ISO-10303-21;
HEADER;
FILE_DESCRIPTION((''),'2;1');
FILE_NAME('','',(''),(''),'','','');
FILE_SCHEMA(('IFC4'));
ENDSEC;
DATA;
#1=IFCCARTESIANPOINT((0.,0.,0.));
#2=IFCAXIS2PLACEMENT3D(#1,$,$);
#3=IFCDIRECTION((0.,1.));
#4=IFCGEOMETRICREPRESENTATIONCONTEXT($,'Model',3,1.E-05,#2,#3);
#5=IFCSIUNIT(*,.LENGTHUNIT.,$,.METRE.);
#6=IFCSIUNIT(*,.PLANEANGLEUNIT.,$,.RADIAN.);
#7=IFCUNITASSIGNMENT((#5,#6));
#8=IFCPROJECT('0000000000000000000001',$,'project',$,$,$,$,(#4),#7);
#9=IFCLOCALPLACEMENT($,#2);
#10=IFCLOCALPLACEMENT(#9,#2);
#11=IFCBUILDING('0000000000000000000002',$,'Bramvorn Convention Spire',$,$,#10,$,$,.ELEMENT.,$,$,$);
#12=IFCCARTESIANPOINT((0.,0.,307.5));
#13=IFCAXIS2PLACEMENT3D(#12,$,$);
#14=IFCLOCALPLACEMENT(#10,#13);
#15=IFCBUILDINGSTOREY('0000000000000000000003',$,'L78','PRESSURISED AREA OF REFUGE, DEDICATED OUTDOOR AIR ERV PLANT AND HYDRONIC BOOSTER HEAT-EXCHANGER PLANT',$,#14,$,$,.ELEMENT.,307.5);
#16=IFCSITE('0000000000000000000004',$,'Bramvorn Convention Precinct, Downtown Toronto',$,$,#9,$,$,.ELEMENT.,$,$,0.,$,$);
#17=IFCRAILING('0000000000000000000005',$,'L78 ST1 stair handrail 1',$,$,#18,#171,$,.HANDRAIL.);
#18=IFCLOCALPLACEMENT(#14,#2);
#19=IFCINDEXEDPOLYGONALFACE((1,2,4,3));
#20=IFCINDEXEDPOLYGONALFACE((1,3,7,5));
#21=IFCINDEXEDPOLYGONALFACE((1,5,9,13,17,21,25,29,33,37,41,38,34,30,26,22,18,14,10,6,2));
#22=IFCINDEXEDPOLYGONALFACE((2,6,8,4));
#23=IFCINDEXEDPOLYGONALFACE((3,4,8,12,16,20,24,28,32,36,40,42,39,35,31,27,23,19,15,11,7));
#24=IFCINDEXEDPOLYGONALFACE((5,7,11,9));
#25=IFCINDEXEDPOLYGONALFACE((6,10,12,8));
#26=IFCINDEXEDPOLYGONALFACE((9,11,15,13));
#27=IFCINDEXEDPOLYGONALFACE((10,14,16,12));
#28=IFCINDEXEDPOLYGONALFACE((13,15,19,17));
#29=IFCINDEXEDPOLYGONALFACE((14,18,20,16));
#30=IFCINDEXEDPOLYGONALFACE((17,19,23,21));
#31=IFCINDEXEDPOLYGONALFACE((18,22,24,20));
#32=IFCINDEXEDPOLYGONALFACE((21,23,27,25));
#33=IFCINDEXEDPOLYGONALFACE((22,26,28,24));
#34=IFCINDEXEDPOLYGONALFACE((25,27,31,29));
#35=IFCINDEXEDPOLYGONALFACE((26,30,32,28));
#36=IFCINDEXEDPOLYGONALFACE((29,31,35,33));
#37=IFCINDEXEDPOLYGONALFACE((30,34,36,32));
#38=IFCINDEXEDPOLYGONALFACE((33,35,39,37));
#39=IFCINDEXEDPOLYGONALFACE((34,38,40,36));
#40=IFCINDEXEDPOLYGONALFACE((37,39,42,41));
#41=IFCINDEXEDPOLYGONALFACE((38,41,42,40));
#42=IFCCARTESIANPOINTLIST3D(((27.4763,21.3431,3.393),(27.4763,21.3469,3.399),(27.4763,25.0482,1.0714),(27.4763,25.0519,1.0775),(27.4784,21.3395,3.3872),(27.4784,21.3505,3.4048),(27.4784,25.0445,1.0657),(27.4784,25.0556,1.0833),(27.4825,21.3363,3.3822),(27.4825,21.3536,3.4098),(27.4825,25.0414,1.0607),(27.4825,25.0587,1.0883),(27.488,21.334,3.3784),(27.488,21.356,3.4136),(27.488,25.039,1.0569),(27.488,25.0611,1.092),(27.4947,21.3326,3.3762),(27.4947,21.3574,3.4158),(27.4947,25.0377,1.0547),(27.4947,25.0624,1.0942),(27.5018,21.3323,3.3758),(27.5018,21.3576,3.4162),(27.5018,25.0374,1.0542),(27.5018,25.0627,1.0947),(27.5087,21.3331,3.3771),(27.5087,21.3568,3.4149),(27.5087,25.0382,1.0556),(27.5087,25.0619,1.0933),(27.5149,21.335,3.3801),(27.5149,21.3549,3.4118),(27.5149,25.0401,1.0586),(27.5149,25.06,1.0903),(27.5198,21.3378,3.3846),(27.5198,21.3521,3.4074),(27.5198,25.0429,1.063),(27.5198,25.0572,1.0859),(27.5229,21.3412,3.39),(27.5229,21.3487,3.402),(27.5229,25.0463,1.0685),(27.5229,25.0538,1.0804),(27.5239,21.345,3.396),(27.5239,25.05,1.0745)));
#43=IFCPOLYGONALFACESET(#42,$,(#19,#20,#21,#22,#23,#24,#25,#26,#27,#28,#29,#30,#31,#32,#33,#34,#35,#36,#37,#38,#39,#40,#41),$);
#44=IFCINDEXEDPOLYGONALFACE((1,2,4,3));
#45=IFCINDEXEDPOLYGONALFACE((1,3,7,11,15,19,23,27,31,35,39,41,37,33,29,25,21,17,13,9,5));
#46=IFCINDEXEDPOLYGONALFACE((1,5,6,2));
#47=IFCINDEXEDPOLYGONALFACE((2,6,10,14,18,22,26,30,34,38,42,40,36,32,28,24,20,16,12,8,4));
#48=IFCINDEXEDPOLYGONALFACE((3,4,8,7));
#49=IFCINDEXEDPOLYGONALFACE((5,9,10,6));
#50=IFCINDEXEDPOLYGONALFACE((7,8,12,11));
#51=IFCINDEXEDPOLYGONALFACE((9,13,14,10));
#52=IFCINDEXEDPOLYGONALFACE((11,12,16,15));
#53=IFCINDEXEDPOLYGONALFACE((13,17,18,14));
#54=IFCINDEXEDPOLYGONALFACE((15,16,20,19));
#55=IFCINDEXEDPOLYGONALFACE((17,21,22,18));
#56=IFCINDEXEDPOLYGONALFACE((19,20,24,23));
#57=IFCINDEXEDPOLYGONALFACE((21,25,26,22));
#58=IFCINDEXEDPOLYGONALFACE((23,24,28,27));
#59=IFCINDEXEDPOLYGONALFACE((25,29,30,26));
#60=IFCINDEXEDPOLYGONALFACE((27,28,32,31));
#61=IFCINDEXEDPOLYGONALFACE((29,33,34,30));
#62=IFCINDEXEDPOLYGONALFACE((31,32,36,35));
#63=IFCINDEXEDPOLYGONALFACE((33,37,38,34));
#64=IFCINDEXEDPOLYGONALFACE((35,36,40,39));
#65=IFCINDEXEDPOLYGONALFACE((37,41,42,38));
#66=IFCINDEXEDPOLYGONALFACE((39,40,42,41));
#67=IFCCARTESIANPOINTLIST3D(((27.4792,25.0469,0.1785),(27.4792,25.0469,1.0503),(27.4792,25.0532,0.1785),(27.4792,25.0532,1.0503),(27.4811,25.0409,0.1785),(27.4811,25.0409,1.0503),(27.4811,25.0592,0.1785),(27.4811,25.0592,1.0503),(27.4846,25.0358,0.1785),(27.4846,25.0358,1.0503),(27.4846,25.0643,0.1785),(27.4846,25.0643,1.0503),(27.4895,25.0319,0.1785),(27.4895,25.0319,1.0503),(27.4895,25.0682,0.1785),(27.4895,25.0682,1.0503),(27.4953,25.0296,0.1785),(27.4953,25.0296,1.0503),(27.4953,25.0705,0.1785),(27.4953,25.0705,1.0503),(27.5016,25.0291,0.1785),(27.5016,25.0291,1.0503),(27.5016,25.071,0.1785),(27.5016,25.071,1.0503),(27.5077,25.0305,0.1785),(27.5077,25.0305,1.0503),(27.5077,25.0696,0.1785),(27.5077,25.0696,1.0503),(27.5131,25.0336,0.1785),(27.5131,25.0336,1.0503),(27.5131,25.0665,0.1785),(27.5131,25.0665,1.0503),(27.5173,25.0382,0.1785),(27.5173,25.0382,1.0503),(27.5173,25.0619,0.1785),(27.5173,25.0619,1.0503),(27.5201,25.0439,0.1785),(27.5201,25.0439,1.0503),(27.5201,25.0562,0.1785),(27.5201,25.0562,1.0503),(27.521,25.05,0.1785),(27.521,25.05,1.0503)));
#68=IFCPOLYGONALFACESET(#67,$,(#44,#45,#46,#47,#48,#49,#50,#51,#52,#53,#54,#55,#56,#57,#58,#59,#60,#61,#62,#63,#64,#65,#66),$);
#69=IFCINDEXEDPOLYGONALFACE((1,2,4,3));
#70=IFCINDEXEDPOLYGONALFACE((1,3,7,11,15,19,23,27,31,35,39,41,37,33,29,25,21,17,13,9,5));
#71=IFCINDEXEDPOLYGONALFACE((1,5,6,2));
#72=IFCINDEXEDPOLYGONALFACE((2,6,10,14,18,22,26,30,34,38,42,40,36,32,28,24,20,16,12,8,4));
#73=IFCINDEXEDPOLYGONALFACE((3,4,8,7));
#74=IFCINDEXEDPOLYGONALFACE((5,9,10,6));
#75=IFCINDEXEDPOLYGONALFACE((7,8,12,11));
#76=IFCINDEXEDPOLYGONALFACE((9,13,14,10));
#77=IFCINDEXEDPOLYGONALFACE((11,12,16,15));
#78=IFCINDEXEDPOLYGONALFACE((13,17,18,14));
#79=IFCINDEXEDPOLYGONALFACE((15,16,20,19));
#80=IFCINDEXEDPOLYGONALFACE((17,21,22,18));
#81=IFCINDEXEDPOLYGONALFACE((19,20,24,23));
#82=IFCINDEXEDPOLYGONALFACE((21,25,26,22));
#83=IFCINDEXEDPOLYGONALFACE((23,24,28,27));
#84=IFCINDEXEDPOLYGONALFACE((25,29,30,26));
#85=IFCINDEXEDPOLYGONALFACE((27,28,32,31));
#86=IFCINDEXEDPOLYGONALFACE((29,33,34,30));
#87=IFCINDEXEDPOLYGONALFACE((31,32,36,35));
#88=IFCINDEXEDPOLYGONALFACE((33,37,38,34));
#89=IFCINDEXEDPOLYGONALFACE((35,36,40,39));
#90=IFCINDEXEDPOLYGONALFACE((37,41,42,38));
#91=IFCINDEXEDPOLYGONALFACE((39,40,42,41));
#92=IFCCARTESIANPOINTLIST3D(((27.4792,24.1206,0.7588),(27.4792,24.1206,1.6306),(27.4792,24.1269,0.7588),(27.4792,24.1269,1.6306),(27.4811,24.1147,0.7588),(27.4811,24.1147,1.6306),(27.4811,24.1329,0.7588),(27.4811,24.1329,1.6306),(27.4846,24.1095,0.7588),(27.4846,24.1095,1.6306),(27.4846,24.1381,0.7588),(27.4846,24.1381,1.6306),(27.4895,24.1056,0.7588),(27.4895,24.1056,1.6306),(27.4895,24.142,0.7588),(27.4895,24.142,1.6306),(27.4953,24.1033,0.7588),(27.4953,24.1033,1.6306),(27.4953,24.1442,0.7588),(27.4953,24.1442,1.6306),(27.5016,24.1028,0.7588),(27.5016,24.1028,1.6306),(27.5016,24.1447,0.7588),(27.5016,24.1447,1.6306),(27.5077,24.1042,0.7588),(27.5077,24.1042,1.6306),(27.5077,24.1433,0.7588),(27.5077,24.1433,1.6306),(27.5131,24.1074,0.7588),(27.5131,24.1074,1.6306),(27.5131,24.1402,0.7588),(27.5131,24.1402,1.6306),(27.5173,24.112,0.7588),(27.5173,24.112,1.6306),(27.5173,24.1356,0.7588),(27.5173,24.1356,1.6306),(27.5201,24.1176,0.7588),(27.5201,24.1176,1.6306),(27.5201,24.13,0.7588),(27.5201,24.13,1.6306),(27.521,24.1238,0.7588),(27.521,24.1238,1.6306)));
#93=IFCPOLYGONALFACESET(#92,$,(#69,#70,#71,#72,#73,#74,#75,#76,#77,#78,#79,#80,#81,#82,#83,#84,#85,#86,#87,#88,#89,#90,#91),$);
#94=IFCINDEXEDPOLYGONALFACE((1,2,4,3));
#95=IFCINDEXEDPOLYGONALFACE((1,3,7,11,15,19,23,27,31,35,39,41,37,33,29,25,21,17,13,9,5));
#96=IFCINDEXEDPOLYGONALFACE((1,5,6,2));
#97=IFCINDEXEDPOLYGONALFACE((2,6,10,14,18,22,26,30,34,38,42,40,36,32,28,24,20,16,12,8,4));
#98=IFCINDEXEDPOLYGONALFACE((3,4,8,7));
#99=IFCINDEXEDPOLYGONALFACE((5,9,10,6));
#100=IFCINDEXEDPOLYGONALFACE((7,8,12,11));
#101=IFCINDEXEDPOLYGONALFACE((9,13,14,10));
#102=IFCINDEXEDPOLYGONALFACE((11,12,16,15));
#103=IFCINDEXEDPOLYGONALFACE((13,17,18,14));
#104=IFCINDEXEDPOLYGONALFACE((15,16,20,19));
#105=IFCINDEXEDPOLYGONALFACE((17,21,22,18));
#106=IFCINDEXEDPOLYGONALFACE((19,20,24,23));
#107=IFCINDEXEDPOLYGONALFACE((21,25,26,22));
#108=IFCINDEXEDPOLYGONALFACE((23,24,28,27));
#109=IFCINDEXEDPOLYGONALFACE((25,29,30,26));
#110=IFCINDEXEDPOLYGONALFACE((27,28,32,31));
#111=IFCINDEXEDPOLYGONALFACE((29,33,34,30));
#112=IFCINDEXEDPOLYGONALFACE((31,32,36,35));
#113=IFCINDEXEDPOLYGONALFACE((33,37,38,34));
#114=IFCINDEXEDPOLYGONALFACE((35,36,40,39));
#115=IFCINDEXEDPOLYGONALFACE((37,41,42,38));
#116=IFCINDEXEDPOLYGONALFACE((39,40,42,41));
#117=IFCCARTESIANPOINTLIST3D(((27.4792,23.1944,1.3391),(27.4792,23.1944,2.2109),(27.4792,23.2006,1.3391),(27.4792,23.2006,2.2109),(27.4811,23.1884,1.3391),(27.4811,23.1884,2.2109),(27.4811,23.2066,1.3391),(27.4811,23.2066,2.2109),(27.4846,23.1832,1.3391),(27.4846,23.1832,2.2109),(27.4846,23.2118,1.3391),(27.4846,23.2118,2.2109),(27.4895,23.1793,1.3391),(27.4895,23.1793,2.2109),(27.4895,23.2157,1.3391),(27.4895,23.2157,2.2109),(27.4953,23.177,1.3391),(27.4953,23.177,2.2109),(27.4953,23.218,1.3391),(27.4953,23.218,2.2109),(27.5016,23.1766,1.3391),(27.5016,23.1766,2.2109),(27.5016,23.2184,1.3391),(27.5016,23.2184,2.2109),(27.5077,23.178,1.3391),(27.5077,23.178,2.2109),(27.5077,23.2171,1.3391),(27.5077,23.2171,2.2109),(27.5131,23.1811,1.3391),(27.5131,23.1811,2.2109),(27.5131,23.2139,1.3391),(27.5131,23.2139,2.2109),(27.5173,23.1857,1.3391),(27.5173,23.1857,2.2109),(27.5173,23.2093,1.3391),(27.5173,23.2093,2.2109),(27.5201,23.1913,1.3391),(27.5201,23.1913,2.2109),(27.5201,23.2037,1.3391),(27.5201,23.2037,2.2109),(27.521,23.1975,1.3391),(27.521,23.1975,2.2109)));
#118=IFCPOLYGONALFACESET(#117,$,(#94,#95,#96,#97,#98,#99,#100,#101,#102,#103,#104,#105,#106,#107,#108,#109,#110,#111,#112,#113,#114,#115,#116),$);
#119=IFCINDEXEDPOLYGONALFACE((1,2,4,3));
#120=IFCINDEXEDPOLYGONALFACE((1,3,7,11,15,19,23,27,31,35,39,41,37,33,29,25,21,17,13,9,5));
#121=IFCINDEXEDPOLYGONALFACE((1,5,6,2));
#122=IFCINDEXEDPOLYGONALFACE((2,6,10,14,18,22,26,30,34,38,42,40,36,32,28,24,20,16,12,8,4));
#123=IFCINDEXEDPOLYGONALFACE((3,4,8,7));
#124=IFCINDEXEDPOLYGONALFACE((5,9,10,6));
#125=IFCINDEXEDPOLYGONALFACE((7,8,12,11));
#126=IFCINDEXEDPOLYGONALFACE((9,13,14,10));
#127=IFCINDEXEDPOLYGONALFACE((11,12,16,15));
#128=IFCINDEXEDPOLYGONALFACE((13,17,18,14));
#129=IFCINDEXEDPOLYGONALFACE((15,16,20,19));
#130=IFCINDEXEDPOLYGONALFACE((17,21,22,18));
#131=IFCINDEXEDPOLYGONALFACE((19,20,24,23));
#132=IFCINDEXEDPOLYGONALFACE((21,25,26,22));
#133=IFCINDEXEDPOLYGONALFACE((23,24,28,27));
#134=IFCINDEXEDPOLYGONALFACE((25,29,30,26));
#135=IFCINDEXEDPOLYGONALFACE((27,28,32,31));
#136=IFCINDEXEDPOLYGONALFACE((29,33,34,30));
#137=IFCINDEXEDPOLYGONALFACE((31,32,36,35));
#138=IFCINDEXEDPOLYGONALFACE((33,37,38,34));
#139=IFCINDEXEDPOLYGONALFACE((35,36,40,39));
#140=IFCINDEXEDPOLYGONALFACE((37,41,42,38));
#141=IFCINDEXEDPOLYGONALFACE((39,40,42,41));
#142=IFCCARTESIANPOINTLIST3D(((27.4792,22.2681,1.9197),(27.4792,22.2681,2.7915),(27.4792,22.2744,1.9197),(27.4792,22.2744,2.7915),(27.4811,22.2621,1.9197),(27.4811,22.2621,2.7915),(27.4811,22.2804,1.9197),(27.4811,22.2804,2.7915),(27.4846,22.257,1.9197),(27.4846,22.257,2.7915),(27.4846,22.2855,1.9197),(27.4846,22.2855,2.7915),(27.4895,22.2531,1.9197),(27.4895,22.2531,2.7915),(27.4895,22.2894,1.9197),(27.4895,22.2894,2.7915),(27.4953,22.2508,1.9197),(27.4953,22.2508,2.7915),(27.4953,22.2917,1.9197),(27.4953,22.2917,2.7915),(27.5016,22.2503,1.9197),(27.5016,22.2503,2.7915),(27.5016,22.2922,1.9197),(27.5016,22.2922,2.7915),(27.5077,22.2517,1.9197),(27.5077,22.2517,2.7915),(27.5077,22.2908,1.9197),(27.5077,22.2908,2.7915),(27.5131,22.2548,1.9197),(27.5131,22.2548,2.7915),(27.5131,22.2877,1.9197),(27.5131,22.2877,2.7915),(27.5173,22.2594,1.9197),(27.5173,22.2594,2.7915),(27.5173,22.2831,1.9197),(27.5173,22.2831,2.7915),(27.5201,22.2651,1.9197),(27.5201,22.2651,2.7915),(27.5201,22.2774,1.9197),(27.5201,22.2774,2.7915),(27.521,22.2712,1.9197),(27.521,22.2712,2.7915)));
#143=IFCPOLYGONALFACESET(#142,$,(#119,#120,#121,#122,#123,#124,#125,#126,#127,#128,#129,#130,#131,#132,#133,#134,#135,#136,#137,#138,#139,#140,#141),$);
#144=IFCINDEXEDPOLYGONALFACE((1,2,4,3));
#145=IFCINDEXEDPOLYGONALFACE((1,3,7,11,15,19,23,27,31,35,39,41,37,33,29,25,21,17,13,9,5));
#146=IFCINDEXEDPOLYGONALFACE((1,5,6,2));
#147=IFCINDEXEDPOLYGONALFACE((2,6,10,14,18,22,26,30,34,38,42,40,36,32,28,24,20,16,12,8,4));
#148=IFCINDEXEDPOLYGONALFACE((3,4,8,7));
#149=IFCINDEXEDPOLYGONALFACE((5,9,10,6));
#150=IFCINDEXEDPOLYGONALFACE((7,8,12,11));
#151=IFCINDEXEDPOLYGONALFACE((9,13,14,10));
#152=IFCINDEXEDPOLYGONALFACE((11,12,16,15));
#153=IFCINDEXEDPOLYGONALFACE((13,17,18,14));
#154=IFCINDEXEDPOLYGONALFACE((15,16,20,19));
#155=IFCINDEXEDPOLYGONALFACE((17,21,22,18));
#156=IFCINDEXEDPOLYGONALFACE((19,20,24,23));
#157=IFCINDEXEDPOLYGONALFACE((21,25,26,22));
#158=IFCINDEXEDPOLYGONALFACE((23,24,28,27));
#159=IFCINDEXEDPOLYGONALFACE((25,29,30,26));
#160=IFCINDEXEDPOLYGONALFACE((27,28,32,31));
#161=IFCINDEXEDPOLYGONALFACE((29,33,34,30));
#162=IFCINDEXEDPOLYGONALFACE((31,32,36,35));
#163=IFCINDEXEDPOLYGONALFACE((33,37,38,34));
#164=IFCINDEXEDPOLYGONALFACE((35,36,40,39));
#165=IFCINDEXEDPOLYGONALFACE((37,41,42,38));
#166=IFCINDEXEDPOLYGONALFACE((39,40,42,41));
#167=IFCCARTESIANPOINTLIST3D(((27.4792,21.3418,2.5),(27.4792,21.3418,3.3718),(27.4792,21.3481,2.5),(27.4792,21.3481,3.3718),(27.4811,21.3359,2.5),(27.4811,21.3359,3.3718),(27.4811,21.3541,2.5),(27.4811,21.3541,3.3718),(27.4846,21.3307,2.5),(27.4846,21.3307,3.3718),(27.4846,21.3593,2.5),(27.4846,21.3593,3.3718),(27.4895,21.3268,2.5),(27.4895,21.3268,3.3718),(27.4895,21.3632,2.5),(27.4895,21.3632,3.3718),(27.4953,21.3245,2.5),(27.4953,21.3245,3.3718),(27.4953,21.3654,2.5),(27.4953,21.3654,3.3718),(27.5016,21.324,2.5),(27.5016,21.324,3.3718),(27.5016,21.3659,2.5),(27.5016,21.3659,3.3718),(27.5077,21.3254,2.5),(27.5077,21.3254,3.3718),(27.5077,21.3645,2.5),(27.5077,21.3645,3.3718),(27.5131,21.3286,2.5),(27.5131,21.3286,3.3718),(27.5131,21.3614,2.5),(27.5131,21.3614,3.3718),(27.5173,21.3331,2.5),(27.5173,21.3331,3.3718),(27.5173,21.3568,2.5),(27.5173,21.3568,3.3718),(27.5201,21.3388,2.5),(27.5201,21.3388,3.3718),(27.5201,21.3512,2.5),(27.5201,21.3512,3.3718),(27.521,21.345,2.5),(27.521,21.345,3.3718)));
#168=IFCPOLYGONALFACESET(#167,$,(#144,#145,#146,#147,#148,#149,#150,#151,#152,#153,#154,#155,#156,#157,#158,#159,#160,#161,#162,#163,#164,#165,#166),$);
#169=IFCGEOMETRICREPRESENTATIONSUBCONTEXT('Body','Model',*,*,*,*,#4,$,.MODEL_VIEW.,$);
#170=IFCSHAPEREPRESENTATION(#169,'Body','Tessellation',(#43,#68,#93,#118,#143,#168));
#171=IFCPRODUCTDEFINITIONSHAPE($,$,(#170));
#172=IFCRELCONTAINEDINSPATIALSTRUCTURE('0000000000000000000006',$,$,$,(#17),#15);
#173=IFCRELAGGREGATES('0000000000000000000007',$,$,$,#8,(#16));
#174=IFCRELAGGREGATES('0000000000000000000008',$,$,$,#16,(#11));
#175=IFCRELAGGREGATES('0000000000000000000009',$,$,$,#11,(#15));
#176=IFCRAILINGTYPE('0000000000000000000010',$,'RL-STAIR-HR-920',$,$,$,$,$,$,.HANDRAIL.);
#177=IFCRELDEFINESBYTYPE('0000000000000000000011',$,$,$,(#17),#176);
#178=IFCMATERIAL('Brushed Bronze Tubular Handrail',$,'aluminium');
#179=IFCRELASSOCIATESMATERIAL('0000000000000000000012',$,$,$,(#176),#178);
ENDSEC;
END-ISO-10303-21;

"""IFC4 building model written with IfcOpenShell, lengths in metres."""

from ifc_helpers import new_model, si_unit, direction, frame, origin, origin_2d, place, context, subcontext, project, spatial, circle, extrude, material, type_object, element, save


model = new_model("IFC4")

# Units and contexts
model_context = context("Model", 3, precision=1e-05, world=origin(), true_north=direction((0.0, 1.0)))
body_context = subcontext(model_context, "Body", "Model", "MODEL_VIEW")
ifc_project = project(units=[si_unit("LENGTHUNIT", "METRE"), si_unit("PLANEANGLEUNIT", "RADIAN")], contexts=[model_context])

# Site, building, storey
site_placement = place(None, origin())
site = spatial("IfcSite", under=ifc_project, at=site_placement, Name="Bramvorn Convention Precinct, Downtown Toronto", CompositionType="ELEMENT", RefElevation=0.0)
building_placement = place(site_placement, origin())
building = spatial("IfcBuilding", under=site, at=building_placement, Name="Bramvorn Convention Spire", CompositionType="ELEMENT")
storey_placement = place(building_placement, frame((0.0, 0.0, 307.5)))
storey = spatial("IfcBuildingStorey", under=building, at=storey_placement, Name="L78", Description="PRESSURISED AREA OF REFUGE, DEDICATED OUTDOOR AIR ERV PLANT AND HYDRONIC BOOSTER HEAT-EXCHANGER PLANT", CompositionType="ELEMENT", Elevation=307.5)

# Railing
ifc_material_1 = material(Name="Brushed Bronze Tubular Handrail", Category="aluminium")
railing_type_1 = type_object("IfcRailingType", Name="RL-STAIR-HR-920", PredefinedType="HANDRAIL", material=ifc_material_1)
railing_1_placement = place(storey_placement, frame((27.5, 25.05, 0.1785)))
element("IfcRailing", 1, at=railing_1_placement, inside=storey, type_object=railing_type_1, Name="L78 ST1 stair handrail 1", PredefinedType="HANDRAIL", context=body_context, shape_type="SweptSolid", body=[
    extrude(circle(Radius=0.0239, at=origin_2d()), frame((0.0, 0.0, 0.896), z_axis=(0.0, -0.847395, 0.530962), x_axis=(1.0, 0.0, 0.0)), (0.0, 0.0, 1.0), 4.3723),
    extrude(circle(Radius=0.021, at=origin_2d()), origin(), (0.0, 0.0, 1.0), 0.8718),
    extrude(circle(Radius=0.021, at=origin_2d()), frame((0.0, -0.9263, 0.5803)), (0.0, 0.0, 1.0), 0.8718),
    extrude(circle(Radius=0.021, at=origin_2d()), frame((0.0, -1.8525, 1.1606)), (0.0, 0.0, 1.0), 0.8718),
    extrude(circle(Radius=0.021, at=origin_2d()), frame((0.0, -2.7788, 1.7412)), (0.0, 0.0, 1.0), 0.8718),
    extrude(circle(Radius=0.021, at=origin_2d()), frame((0.0, -3.7051, 2.3215)), (0.0, 0.0, 1.0), 0.8718),
])

save(model, "model.ifc")
